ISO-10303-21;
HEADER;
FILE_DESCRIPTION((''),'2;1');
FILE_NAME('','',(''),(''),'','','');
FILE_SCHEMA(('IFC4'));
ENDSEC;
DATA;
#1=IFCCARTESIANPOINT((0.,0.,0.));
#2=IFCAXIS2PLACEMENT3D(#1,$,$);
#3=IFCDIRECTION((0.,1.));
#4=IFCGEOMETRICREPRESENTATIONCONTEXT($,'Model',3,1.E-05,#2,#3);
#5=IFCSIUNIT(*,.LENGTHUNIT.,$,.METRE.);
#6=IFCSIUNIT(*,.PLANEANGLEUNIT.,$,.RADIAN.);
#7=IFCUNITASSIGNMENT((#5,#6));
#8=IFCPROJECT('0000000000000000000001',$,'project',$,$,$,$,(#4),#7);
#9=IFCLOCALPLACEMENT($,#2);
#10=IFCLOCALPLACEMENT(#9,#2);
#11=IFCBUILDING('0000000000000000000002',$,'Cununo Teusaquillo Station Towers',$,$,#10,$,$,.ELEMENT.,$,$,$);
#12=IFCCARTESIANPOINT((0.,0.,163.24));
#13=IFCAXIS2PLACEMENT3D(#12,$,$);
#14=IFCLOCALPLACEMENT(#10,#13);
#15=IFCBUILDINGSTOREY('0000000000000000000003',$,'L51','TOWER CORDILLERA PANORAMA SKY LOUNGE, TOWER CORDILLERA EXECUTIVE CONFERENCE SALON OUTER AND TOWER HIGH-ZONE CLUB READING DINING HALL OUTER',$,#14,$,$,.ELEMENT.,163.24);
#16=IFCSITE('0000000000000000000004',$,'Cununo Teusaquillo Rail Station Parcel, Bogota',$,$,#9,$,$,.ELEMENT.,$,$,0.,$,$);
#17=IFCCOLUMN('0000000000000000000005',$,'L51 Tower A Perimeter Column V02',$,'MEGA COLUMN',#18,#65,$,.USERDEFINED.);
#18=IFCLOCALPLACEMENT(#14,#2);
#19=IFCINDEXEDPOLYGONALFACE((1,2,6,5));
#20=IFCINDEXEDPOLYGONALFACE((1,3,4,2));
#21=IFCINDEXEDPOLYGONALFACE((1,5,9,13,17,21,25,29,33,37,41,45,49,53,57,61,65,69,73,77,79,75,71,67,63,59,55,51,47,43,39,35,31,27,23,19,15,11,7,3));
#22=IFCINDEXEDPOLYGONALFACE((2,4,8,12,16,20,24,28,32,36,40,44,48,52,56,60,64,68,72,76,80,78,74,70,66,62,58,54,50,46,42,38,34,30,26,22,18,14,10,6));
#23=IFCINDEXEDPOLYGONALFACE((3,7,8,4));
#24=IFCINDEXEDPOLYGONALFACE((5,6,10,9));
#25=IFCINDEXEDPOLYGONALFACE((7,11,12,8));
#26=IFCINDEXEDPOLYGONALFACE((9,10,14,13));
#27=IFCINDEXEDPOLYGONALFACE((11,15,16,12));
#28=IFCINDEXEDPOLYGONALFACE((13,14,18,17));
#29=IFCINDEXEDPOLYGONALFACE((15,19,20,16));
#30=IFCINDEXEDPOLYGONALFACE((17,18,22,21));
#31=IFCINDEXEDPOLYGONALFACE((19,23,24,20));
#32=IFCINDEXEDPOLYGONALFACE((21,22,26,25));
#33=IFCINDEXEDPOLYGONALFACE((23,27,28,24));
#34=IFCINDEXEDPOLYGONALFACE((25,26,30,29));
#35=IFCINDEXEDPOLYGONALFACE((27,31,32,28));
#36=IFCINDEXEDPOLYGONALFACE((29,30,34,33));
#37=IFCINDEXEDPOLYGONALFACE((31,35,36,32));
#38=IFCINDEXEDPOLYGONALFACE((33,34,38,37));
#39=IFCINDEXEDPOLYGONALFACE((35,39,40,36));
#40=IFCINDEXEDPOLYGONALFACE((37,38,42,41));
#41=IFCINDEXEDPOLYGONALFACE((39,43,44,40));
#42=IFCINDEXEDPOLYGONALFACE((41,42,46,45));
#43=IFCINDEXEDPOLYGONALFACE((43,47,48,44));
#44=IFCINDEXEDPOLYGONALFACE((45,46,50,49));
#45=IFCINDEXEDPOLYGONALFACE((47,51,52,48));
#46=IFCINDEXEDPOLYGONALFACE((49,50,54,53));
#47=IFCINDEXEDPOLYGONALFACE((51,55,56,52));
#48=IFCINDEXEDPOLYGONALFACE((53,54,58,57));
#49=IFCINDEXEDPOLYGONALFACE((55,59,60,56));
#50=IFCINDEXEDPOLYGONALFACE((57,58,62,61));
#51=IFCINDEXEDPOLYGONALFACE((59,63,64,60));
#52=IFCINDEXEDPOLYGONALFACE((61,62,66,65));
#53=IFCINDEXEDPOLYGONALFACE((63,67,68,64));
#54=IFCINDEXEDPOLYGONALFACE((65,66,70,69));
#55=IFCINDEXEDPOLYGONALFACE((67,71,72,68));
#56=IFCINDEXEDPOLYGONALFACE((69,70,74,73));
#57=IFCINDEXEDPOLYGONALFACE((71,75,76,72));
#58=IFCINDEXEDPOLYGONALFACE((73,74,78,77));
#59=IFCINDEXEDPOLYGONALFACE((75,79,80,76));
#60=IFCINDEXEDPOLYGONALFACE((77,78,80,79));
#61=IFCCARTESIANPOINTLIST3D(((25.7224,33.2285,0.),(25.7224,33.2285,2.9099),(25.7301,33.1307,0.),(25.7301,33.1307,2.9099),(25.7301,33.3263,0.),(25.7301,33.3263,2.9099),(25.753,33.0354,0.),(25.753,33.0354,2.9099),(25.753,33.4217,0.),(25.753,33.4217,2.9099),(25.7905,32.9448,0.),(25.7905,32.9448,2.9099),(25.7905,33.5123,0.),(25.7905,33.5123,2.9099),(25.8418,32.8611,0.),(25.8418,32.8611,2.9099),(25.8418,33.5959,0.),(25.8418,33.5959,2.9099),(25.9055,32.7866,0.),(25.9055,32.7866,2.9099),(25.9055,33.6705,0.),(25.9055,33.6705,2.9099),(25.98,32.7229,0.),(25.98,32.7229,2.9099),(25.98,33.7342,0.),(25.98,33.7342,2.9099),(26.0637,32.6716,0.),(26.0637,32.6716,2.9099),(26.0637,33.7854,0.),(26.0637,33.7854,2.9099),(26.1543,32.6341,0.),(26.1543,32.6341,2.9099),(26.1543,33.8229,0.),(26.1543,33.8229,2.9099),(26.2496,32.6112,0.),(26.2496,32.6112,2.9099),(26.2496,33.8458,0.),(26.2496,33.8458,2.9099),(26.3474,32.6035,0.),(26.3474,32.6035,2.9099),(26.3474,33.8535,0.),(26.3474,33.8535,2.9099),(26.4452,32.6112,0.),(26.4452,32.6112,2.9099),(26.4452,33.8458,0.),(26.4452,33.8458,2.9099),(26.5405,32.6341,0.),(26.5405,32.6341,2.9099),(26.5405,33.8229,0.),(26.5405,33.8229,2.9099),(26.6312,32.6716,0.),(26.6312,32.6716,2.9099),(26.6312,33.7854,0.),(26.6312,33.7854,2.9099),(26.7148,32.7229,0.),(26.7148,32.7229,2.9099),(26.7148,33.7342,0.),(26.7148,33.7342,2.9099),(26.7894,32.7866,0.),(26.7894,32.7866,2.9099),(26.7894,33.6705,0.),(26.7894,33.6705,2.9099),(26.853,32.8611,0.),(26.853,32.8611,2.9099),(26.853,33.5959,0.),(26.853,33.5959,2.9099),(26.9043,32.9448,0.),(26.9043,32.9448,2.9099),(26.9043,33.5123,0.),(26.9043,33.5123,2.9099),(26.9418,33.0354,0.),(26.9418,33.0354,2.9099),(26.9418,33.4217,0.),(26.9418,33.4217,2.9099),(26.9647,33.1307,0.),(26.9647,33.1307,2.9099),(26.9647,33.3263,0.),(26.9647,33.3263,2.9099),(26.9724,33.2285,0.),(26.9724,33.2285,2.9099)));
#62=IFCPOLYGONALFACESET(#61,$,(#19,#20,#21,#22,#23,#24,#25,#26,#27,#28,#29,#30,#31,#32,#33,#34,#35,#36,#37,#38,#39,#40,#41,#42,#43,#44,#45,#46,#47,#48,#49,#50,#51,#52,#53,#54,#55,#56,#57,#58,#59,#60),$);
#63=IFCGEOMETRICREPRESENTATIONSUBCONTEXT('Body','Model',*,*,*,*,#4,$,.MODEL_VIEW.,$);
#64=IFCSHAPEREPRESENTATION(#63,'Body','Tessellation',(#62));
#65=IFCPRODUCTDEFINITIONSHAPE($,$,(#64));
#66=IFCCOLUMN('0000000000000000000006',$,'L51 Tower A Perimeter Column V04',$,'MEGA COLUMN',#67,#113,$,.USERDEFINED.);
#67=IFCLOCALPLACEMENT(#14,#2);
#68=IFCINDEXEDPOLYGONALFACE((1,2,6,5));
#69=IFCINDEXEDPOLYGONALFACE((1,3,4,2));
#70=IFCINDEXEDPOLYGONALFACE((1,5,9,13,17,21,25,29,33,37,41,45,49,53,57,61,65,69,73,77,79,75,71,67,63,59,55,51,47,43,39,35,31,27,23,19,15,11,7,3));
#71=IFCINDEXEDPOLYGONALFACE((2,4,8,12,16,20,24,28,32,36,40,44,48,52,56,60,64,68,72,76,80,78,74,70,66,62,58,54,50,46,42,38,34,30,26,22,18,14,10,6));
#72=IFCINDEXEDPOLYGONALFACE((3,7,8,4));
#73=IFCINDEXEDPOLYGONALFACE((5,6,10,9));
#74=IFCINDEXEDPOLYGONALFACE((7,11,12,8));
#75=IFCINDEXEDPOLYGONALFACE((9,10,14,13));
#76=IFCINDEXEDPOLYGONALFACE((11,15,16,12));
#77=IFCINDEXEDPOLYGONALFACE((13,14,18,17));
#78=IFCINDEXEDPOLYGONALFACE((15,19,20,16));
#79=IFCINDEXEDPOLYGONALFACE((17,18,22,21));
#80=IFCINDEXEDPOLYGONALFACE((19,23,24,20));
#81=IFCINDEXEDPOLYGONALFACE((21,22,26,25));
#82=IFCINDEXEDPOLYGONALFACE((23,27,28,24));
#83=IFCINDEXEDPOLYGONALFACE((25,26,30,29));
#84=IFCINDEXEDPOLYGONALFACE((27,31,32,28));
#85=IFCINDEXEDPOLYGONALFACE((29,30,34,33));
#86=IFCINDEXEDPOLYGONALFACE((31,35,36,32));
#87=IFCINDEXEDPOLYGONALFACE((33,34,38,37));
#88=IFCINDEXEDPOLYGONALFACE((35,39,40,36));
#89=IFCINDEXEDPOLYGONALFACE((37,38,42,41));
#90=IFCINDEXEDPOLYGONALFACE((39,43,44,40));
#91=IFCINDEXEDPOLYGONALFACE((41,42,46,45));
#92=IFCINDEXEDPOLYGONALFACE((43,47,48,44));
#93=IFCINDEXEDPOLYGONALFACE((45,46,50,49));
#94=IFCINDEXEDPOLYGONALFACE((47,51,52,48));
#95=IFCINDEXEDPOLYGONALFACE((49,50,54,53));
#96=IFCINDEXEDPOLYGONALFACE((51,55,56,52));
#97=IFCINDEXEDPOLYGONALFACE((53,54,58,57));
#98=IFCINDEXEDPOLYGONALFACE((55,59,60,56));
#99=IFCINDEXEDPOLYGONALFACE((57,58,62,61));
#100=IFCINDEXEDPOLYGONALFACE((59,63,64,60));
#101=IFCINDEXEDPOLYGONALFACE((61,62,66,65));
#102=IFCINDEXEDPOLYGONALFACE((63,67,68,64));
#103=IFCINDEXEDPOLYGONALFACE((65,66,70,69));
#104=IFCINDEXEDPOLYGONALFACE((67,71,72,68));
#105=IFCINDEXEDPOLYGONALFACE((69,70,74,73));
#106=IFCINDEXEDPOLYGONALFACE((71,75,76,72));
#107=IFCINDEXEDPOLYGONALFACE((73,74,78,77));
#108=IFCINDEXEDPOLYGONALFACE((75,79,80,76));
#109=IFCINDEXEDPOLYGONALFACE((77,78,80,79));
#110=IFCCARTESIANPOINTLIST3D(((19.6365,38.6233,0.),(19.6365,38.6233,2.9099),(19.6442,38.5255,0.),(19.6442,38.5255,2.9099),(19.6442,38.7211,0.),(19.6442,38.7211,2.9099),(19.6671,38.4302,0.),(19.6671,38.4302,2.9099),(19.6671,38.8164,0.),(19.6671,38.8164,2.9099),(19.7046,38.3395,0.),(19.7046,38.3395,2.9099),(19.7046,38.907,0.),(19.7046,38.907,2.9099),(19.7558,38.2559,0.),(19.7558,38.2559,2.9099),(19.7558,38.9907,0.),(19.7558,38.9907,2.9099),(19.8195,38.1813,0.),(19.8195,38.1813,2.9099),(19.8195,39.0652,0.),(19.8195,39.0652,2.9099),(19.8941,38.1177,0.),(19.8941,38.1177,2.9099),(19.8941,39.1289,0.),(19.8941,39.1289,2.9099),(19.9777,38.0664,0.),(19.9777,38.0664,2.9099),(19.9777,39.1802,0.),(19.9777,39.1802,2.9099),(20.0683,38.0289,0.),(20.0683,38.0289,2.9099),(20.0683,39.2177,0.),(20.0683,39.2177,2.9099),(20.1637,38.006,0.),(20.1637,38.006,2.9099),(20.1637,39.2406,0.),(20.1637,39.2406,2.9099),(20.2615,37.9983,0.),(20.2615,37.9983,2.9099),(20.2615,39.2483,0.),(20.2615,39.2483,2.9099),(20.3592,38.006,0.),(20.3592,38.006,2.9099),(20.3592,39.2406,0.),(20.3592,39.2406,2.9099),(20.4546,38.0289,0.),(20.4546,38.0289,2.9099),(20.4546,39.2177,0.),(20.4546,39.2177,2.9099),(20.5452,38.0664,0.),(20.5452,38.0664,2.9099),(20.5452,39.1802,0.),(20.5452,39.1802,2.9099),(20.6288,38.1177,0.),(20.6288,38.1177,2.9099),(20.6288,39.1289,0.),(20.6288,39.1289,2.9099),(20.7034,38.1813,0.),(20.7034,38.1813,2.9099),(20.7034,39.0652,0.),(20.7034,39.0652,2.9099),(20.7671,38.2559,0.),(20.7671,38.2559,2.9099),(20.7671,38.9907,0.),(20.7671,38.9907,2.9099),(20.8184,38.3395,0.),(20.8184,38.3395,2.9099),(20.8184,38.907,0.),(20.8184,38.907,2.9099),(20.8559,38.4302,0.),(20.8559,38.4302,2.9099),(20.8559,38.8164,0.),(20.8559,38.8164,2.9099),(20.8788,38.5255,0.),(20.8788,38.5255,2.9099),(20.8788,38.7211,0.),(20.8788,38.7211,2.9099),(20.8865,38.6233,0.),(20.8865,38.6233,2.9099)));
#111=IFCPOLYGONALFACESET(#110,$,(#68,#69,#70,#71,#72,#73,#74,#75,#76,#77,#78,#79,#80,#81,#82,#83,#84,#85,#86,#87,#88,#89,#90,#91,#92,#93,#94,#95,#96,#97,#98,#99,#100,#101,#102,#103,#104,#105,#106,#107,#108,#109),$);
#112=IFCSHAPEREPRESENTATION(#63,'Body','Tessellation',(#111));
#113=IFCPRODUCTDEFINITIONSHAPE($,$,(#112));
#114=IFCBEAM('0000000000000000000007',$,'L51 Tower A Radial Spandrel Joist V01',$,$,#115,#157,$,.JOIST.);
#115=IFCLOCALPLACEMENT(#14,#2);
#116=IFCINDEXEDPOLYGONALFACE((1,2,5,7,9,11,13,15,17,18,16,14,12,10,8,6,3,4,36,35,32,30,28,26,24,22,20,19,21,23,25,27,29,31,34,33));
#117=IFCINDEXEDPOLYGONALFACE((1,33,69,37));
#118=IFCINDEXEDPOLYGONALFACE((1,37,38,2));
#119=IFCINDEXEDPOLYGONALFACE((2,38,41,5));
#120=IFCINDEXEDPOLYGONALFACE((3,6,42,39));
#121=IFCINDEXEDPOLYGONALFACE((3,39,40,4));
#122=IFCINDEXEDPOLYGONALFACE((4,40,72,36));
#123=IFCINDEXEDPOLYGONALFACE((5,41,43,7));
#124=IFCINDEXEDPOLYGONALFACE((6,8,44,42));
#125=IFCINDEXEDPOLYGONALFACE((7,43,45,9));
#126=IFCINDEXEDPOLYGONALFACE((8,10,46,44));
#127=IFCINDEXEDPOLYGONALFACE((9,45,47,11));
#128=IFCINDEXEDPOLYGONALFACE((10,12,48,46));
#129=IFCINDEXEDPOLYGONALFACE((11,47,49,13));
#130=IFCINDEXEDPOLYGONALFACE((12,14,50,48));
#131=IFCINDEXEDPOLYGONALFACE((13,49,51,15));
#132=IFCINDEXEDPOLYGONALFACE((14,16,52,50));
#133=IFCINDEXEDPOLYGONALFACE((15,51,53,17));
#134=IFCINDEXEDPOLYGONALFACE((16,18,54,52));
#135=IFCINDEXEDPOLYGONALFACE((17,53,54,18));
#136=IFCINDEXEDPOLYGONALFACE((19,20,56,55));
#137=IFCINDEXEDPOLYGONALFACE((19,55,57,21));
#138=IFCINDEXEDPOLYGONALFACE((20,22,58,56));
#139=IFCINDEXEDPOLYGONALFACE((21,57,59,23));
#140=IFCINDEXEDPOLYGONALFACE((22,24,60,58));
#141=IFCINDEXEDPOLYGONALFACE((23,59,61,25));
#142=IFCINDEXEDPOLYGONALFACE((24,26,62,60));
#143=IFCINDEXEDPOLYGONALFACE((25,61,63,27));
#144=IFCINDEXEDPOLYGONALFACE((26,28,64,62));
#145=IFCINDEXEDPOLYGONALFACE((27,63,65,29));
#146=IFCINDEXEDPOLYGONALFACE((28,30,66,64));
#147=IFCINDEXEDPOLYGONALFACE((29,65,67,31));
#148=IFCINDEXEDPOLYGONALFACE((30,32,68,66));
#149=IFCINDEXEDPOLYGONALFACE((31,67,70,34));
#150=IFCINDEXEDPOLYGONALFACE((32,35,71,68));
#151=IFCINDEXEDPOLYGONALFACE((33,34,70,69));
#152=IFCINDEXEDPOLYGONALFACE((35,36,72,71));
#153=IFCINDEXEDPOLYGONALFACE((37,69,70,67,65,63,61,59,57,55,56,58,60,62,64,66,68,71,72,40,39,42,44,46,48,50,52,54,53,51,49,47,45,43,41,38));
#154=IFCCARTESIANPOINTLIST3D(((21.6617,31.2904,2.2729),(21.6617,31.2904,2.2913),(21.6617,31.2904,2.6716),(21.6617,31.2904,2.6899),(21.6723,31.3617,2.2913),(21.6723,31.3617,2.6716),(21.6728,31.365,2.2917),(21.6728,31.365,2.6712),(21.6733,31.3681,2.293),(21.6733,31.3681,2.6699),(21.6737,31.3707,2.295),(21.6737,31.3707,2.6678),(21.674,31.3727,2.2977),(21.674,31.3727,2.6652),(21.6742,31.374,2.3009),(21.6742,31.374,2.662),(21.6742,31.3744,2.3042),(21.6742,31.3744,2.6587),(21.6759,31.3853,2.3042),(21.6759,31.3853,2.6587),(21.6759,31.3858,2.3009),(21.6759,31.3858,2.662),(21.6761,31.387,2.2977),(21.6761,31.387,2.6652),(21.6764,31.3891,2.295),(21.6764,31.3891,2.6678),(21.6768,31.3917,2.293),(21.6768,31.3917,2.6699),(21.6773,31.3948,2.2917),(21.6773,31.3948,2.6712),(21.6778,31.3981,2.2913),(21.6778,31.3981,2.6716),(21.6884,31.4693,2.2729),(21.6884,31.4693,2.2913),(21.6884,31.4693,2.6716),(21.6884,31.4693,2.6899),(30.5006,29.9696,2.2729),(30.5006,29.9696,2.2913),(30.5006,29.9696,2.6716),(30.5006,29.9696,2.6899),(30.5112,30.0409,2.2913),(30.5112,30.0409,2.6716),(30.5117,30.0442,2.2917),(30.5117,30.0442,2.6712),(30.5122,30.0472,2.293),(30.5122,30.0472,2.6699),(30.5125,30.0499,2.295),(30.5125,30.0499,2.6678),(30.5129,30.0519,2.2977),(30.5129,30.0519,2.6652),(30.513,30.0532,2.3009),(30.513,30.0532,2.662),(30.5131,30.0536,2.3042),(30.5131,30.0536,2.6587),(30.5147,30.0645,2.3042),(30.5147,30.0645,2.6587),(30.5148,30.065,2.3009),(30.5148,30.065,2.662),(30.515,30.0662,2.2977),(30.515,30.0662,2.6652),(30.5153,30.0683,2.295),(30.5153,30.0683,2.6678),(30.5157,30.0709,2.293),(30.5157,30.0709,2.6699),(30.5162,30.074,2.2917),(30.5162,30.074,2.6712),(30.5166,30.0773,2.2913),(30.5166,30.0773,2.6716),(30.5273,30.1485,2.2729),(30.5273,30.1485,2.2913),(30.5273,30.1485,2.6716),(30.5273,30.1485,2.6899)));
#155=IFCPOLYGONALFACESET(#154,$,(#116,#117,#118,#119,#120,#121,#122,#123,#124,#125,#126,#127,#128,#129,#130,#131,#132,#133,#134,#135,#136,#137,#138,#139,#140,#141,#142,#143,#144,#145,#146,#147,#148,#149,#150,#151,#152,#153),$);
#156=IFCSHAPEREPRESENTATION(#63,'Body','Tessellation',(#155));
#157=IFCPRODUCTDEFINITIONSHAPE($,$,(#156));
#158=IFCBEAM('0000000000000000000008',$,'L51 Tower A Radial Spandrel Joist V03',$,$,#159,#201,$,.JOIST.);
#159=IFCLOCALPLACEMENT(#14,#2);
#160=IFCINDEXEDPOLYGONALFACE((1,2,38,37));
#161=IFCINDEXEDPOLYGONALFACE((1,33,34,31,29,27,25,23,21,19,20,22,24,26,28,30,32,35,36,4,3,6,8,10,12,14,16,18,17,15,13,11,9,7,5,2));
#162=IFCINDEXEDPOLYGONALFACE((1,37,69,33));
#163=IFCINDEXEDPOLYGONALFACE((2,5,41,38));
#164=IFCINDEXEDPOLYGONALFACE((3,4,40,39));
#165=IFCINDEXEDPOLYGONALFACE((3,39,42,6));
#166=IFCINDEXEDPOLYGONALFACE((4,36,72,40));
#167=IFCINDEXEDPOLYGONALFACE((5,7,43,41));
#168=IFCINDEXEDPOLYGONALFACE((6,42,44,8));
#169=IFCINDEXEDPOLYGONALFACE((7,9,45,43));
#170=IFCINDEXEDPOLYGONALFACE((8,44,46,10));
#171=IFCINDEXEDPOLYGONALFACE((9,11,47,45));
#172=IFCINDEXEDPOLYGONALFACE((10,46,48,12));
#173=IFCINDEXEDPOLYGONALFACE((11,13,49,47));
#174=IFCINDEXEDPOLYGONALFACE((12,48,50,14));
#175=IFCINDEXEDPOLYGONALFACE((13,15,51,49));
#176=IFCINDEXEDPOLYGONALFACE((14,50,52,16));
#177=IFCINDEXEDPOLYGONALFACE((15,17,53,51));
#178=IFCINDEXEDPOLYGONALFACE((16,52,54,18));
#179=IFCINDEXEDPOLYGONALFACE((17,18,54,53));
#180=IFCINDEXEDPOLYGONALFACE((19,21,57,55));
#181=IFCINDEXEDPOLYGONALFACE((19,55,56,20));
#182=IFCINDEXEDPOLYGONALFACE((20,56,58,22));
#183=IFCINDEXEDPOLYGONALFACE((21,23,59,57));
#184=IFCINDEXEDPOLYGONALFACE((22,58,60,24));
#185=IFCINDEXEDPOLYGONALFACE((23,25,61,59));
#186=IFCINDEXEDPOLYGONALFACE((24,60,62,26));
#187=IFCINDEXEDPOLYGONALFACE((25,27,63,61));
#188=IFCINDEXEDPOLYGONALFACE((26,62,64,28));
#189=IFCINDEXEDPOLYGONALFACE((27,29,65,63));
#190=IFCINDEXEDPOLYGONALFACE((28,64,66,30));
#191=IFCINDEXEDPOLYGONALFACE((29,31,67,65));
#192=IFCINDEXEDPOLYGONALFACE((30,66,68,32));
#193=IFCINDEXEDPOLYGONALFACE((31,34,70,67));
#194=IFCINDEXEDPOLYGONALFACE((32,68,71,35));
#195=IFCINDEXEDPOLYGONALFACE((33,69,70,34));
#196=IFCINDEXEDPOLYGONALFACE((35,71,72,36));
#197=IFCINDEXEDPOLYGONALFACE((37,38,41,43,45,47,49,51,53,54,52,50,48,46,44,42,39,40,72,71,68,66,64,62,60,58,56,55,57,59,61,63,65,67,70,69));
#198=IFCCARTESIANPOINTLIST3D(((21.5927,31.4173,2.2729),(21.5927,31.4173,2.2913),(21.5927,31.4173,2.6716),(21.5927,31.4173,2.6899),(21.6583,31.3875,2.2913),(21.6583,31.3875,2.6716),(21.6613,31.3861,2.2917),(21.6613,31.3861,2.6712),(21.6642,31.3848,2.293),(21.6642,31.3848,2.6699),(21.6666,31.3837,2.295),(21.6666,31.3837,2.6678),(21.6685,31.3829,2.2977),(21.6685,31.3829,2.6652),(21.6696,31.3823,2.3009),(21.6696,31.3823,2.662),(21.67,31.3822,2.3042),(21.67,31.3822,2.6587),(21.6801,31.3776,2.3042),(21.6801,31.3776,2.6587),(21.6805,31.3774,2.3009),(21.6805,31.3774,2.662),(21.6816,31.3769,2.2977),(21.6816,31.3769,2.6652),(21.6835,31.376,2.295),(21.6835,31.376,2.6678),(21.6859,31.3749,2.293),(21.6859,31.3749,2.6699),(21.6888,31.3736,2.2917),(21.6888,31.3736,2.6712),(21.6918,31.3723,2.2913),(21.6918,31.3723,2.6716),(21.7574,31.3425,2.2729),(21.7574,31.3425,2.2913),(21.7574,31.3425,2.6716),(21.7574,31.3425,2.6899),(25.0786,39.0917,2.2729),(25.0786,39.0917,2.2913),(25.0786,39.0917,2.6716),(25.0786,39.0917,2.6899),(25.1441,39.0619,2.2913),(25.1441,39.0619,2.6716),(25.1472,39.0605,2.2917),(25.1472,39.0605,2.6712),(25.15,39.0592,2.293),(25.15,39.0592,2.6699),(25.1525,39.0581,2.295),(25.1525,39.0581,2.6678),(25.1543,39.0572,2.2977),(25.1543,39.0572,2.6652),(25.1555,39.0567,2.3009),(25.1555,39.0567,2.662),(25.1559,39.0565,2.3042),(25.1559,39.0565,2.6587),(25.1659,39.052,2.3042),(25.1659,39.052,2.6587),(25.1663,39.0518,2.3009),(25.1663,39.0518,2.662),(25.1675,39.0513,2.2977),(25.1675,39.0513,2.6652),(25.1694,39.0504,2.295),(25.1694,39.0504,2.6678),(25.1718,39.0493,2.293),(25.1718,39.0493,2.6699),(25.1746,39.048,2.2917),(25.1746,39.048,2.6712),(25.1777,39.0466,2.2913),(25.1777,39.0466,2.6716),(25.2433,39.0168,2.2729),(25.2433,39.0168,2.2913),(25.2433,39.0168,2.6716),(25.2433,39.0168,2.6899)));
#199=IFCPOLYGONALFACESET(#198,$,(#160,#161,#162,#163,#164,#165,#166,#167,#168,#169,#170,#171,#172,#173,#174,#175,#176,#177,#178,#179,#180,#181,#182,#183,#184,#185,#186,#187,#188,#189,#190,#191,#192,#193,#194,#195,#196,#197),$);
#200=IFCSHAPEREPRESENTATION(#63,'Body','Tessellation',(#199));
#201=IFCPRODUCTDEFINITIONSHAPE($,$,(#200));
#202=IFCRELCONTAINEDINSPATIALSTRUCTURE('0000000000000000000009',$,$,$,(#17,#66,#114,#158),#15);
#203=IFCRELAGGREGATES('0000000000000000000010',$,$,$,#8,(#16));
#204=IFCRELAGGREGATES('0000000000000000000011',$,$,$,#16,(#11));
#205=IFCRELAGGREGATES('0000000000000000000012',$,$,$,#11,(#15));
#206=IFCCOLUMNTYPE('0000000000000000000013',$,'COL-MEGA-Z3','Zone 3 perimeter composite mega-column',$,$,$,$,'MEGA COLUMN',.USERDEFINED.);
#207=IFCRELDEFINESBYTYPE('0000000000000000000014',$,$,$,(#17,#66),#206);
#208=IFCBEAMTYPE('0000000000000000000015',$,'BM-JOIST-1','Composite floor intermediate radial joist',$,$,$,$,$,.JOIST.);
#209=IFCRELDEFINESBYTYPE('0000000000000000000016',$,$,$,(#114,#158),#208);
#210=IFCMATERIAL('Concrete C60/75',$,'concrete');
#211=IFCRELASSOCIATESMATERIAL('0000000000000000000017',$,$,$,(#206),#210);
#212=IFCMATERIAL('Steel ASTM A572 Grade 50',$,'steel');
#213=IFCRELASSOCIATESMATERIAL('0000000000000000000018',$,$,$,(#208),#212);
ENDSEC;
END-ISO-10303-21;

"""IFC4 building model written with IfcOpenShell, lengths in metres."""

from ifc_helpers import new_model, si_unit, direction, frame, origin, origin_2d, place, context, subcontext, project, spatial, circle, i_section, extrude, material, material_profile, profile_set, type_object, element, save


model = new_model("IFC4")

# Units and contexts
model_context = context("Model", 3, precision=1e-05, world=origin(), true_north=direction((0.0, 1.0)))
body_context = subcontext(model_context, "Body", "Model", "MODEL_VIEW")
ifc_project = project(units=[si_unit("LENGTHUNIT", "METRE"), si_unit("PLANEANGLEUNIT", "RADIAN")], contexts=[model_context])

# Site, building, storey
site_placement = place(None, origin())
site = spatial("IfcSite", under=ifc_project, at=site_placement, Name="Cununo Teusaquillo Rail Station Parcel, Bogota", CompositionType="ELEMENT", RefElevation=0.0)
building_placement = place(site_placement, origin())
building = spatial("IfcBuilding", under=site, at=building_placement, Name="Cununo Teusaquillo Station Towers", CompositionType="ELEMENT")
storey_placement = place(building_placement, frame((0.0, 0.0, 163.24)))
storey = spatial("IfcBuildingStorey", under=building, at=storey_placement, Name="L51", Description="TOWER CORDILLERA PANORAMA SKY LOUNGE, TOWER CORDILLERA EXECUTIVE CONFERENCE SALON OUTER AND TOWER HIGH-ZONE CLUB READING DINING HALL OUTER", CompositionType="ELEMENT", Elevation=163.24)

# Columns
ifc_material_1 = material(Name="Concrete C60/75", Category="concrete")
ifc_material_profile_1 = material_profile(ifc_material_1, circle(Radius=0.625, at=origin_2d()), Name="RC-CIRC-1250")
ifc_profile_set_1 = profile_set([ifc_material_profile_1], Name="Concrete C60/75")
column_type = type_object("IfcColumnType", Name="COL-MEGA-Z3", Description="Zone 3 perimeter composite mega-column", ElementType="MEGA COLUMN", PredefinedType="USERDEFINED", material=ifc_profile_set_1)
for number, where, z_axis, x_axis, name in (
    (1, (26.3474, 33.2285, 0.0), (0.0, 0.0, 1.0), (1.0, 0.0, 0.0), "L51 Tower A Perimeter Column V02"),
    (2, (20.2615, 38.6233, 0.0), (0.0, 0.0, 1.0), (1.0, 0.0, 0.0), "L51 Tower A Perimeter Column V04"),
):
    element("IfcColumn", number, at=place(storey_placement, frame(where, z_axis=z_axis, x_axis=x_axis)), inside=storey, type_object=column_type, Name=name, ObjectType="MEGA COLUMN", PredefinedType="USERDEFINED", context=body_context, shape_type="SweptSolid", body=[
        extrude(circle(Radius=0.625, at=origin_2d()), origin(), (0.0, 0.0, 1.0), 2.9099),
    ])

# Beams
ifc_material_2 = material(Name="Steel ASTM A572 Grade 50", Category="steel")
ifc_material_profile_2 = material_profile(ifc_material_2, i_section(OverallWidth=0.1809, OverallDepth=0.417, WebThickness=0.011, FlangeThickness=0.0183, FilletRadius=0.0129, at=origin_2d()), Name="W16X57")
ifc_profile_set_2 = profile_set([ifc_material_profile_2], Name="Steel ASTM A572 Grade 50")
beam_type_1 = type_object("IfcBeamType", Name="BM-JOIST-1", Description="Composite floor intermediate radial joist", PredefinedType="JOIST", material=ifc_profile_set_2)
beam_1_placement = place(storey_placement, frame((21.675, 31.3799, 2.4814), z_axis=(0.989019, -0.14779, 0.0), x_axis=(0.14779, 0.989019, 0.0)))
element("IfcBeam", 3, at=beam_1_placement, inside=storey, type_object=beam_type_1, Name="L51 Tower A Radial Spandrel Joist V01", PredefinedType="JOIST", context=body_context, shape_type="SweptSolid", body=[
    extrude(i_section(OverallWidth=0.1809, OverallDepth=0.417, WebThickness=0.011, FlangeThickness=0.0183, FilletRadius=0.0129, at=origin_2d()), origin(), (0.0, 0.0, 1.0), 8.937),
])
beam_2_placement = place(storey_placement, frame((21.675, 31.3799, 2.4814), z_axis=(0.413559, 0.910478, 0.0), x_axis=(-0.910478, 0.413559, 0.0)))
element("IfcBeam", 4, at=beam_2_placement, inside=storey, type_object=beam_type_1, Name="L51 Tower A Radial Spandrel Joist V03", PredefinedType="JOIST", context=body_context, shape_type="SweptSolid", body=[
    extrude(i_section(OverallWidth=0.1809, OverallDepth=0.417, WebThickness=0.011, FlangeThickness=0.0183, FilletRadius=0.0129, at=origin_2d()), origin(), (0.0, 0.0, 1.0), 8.429),
])

save(model, "model.ifc")
